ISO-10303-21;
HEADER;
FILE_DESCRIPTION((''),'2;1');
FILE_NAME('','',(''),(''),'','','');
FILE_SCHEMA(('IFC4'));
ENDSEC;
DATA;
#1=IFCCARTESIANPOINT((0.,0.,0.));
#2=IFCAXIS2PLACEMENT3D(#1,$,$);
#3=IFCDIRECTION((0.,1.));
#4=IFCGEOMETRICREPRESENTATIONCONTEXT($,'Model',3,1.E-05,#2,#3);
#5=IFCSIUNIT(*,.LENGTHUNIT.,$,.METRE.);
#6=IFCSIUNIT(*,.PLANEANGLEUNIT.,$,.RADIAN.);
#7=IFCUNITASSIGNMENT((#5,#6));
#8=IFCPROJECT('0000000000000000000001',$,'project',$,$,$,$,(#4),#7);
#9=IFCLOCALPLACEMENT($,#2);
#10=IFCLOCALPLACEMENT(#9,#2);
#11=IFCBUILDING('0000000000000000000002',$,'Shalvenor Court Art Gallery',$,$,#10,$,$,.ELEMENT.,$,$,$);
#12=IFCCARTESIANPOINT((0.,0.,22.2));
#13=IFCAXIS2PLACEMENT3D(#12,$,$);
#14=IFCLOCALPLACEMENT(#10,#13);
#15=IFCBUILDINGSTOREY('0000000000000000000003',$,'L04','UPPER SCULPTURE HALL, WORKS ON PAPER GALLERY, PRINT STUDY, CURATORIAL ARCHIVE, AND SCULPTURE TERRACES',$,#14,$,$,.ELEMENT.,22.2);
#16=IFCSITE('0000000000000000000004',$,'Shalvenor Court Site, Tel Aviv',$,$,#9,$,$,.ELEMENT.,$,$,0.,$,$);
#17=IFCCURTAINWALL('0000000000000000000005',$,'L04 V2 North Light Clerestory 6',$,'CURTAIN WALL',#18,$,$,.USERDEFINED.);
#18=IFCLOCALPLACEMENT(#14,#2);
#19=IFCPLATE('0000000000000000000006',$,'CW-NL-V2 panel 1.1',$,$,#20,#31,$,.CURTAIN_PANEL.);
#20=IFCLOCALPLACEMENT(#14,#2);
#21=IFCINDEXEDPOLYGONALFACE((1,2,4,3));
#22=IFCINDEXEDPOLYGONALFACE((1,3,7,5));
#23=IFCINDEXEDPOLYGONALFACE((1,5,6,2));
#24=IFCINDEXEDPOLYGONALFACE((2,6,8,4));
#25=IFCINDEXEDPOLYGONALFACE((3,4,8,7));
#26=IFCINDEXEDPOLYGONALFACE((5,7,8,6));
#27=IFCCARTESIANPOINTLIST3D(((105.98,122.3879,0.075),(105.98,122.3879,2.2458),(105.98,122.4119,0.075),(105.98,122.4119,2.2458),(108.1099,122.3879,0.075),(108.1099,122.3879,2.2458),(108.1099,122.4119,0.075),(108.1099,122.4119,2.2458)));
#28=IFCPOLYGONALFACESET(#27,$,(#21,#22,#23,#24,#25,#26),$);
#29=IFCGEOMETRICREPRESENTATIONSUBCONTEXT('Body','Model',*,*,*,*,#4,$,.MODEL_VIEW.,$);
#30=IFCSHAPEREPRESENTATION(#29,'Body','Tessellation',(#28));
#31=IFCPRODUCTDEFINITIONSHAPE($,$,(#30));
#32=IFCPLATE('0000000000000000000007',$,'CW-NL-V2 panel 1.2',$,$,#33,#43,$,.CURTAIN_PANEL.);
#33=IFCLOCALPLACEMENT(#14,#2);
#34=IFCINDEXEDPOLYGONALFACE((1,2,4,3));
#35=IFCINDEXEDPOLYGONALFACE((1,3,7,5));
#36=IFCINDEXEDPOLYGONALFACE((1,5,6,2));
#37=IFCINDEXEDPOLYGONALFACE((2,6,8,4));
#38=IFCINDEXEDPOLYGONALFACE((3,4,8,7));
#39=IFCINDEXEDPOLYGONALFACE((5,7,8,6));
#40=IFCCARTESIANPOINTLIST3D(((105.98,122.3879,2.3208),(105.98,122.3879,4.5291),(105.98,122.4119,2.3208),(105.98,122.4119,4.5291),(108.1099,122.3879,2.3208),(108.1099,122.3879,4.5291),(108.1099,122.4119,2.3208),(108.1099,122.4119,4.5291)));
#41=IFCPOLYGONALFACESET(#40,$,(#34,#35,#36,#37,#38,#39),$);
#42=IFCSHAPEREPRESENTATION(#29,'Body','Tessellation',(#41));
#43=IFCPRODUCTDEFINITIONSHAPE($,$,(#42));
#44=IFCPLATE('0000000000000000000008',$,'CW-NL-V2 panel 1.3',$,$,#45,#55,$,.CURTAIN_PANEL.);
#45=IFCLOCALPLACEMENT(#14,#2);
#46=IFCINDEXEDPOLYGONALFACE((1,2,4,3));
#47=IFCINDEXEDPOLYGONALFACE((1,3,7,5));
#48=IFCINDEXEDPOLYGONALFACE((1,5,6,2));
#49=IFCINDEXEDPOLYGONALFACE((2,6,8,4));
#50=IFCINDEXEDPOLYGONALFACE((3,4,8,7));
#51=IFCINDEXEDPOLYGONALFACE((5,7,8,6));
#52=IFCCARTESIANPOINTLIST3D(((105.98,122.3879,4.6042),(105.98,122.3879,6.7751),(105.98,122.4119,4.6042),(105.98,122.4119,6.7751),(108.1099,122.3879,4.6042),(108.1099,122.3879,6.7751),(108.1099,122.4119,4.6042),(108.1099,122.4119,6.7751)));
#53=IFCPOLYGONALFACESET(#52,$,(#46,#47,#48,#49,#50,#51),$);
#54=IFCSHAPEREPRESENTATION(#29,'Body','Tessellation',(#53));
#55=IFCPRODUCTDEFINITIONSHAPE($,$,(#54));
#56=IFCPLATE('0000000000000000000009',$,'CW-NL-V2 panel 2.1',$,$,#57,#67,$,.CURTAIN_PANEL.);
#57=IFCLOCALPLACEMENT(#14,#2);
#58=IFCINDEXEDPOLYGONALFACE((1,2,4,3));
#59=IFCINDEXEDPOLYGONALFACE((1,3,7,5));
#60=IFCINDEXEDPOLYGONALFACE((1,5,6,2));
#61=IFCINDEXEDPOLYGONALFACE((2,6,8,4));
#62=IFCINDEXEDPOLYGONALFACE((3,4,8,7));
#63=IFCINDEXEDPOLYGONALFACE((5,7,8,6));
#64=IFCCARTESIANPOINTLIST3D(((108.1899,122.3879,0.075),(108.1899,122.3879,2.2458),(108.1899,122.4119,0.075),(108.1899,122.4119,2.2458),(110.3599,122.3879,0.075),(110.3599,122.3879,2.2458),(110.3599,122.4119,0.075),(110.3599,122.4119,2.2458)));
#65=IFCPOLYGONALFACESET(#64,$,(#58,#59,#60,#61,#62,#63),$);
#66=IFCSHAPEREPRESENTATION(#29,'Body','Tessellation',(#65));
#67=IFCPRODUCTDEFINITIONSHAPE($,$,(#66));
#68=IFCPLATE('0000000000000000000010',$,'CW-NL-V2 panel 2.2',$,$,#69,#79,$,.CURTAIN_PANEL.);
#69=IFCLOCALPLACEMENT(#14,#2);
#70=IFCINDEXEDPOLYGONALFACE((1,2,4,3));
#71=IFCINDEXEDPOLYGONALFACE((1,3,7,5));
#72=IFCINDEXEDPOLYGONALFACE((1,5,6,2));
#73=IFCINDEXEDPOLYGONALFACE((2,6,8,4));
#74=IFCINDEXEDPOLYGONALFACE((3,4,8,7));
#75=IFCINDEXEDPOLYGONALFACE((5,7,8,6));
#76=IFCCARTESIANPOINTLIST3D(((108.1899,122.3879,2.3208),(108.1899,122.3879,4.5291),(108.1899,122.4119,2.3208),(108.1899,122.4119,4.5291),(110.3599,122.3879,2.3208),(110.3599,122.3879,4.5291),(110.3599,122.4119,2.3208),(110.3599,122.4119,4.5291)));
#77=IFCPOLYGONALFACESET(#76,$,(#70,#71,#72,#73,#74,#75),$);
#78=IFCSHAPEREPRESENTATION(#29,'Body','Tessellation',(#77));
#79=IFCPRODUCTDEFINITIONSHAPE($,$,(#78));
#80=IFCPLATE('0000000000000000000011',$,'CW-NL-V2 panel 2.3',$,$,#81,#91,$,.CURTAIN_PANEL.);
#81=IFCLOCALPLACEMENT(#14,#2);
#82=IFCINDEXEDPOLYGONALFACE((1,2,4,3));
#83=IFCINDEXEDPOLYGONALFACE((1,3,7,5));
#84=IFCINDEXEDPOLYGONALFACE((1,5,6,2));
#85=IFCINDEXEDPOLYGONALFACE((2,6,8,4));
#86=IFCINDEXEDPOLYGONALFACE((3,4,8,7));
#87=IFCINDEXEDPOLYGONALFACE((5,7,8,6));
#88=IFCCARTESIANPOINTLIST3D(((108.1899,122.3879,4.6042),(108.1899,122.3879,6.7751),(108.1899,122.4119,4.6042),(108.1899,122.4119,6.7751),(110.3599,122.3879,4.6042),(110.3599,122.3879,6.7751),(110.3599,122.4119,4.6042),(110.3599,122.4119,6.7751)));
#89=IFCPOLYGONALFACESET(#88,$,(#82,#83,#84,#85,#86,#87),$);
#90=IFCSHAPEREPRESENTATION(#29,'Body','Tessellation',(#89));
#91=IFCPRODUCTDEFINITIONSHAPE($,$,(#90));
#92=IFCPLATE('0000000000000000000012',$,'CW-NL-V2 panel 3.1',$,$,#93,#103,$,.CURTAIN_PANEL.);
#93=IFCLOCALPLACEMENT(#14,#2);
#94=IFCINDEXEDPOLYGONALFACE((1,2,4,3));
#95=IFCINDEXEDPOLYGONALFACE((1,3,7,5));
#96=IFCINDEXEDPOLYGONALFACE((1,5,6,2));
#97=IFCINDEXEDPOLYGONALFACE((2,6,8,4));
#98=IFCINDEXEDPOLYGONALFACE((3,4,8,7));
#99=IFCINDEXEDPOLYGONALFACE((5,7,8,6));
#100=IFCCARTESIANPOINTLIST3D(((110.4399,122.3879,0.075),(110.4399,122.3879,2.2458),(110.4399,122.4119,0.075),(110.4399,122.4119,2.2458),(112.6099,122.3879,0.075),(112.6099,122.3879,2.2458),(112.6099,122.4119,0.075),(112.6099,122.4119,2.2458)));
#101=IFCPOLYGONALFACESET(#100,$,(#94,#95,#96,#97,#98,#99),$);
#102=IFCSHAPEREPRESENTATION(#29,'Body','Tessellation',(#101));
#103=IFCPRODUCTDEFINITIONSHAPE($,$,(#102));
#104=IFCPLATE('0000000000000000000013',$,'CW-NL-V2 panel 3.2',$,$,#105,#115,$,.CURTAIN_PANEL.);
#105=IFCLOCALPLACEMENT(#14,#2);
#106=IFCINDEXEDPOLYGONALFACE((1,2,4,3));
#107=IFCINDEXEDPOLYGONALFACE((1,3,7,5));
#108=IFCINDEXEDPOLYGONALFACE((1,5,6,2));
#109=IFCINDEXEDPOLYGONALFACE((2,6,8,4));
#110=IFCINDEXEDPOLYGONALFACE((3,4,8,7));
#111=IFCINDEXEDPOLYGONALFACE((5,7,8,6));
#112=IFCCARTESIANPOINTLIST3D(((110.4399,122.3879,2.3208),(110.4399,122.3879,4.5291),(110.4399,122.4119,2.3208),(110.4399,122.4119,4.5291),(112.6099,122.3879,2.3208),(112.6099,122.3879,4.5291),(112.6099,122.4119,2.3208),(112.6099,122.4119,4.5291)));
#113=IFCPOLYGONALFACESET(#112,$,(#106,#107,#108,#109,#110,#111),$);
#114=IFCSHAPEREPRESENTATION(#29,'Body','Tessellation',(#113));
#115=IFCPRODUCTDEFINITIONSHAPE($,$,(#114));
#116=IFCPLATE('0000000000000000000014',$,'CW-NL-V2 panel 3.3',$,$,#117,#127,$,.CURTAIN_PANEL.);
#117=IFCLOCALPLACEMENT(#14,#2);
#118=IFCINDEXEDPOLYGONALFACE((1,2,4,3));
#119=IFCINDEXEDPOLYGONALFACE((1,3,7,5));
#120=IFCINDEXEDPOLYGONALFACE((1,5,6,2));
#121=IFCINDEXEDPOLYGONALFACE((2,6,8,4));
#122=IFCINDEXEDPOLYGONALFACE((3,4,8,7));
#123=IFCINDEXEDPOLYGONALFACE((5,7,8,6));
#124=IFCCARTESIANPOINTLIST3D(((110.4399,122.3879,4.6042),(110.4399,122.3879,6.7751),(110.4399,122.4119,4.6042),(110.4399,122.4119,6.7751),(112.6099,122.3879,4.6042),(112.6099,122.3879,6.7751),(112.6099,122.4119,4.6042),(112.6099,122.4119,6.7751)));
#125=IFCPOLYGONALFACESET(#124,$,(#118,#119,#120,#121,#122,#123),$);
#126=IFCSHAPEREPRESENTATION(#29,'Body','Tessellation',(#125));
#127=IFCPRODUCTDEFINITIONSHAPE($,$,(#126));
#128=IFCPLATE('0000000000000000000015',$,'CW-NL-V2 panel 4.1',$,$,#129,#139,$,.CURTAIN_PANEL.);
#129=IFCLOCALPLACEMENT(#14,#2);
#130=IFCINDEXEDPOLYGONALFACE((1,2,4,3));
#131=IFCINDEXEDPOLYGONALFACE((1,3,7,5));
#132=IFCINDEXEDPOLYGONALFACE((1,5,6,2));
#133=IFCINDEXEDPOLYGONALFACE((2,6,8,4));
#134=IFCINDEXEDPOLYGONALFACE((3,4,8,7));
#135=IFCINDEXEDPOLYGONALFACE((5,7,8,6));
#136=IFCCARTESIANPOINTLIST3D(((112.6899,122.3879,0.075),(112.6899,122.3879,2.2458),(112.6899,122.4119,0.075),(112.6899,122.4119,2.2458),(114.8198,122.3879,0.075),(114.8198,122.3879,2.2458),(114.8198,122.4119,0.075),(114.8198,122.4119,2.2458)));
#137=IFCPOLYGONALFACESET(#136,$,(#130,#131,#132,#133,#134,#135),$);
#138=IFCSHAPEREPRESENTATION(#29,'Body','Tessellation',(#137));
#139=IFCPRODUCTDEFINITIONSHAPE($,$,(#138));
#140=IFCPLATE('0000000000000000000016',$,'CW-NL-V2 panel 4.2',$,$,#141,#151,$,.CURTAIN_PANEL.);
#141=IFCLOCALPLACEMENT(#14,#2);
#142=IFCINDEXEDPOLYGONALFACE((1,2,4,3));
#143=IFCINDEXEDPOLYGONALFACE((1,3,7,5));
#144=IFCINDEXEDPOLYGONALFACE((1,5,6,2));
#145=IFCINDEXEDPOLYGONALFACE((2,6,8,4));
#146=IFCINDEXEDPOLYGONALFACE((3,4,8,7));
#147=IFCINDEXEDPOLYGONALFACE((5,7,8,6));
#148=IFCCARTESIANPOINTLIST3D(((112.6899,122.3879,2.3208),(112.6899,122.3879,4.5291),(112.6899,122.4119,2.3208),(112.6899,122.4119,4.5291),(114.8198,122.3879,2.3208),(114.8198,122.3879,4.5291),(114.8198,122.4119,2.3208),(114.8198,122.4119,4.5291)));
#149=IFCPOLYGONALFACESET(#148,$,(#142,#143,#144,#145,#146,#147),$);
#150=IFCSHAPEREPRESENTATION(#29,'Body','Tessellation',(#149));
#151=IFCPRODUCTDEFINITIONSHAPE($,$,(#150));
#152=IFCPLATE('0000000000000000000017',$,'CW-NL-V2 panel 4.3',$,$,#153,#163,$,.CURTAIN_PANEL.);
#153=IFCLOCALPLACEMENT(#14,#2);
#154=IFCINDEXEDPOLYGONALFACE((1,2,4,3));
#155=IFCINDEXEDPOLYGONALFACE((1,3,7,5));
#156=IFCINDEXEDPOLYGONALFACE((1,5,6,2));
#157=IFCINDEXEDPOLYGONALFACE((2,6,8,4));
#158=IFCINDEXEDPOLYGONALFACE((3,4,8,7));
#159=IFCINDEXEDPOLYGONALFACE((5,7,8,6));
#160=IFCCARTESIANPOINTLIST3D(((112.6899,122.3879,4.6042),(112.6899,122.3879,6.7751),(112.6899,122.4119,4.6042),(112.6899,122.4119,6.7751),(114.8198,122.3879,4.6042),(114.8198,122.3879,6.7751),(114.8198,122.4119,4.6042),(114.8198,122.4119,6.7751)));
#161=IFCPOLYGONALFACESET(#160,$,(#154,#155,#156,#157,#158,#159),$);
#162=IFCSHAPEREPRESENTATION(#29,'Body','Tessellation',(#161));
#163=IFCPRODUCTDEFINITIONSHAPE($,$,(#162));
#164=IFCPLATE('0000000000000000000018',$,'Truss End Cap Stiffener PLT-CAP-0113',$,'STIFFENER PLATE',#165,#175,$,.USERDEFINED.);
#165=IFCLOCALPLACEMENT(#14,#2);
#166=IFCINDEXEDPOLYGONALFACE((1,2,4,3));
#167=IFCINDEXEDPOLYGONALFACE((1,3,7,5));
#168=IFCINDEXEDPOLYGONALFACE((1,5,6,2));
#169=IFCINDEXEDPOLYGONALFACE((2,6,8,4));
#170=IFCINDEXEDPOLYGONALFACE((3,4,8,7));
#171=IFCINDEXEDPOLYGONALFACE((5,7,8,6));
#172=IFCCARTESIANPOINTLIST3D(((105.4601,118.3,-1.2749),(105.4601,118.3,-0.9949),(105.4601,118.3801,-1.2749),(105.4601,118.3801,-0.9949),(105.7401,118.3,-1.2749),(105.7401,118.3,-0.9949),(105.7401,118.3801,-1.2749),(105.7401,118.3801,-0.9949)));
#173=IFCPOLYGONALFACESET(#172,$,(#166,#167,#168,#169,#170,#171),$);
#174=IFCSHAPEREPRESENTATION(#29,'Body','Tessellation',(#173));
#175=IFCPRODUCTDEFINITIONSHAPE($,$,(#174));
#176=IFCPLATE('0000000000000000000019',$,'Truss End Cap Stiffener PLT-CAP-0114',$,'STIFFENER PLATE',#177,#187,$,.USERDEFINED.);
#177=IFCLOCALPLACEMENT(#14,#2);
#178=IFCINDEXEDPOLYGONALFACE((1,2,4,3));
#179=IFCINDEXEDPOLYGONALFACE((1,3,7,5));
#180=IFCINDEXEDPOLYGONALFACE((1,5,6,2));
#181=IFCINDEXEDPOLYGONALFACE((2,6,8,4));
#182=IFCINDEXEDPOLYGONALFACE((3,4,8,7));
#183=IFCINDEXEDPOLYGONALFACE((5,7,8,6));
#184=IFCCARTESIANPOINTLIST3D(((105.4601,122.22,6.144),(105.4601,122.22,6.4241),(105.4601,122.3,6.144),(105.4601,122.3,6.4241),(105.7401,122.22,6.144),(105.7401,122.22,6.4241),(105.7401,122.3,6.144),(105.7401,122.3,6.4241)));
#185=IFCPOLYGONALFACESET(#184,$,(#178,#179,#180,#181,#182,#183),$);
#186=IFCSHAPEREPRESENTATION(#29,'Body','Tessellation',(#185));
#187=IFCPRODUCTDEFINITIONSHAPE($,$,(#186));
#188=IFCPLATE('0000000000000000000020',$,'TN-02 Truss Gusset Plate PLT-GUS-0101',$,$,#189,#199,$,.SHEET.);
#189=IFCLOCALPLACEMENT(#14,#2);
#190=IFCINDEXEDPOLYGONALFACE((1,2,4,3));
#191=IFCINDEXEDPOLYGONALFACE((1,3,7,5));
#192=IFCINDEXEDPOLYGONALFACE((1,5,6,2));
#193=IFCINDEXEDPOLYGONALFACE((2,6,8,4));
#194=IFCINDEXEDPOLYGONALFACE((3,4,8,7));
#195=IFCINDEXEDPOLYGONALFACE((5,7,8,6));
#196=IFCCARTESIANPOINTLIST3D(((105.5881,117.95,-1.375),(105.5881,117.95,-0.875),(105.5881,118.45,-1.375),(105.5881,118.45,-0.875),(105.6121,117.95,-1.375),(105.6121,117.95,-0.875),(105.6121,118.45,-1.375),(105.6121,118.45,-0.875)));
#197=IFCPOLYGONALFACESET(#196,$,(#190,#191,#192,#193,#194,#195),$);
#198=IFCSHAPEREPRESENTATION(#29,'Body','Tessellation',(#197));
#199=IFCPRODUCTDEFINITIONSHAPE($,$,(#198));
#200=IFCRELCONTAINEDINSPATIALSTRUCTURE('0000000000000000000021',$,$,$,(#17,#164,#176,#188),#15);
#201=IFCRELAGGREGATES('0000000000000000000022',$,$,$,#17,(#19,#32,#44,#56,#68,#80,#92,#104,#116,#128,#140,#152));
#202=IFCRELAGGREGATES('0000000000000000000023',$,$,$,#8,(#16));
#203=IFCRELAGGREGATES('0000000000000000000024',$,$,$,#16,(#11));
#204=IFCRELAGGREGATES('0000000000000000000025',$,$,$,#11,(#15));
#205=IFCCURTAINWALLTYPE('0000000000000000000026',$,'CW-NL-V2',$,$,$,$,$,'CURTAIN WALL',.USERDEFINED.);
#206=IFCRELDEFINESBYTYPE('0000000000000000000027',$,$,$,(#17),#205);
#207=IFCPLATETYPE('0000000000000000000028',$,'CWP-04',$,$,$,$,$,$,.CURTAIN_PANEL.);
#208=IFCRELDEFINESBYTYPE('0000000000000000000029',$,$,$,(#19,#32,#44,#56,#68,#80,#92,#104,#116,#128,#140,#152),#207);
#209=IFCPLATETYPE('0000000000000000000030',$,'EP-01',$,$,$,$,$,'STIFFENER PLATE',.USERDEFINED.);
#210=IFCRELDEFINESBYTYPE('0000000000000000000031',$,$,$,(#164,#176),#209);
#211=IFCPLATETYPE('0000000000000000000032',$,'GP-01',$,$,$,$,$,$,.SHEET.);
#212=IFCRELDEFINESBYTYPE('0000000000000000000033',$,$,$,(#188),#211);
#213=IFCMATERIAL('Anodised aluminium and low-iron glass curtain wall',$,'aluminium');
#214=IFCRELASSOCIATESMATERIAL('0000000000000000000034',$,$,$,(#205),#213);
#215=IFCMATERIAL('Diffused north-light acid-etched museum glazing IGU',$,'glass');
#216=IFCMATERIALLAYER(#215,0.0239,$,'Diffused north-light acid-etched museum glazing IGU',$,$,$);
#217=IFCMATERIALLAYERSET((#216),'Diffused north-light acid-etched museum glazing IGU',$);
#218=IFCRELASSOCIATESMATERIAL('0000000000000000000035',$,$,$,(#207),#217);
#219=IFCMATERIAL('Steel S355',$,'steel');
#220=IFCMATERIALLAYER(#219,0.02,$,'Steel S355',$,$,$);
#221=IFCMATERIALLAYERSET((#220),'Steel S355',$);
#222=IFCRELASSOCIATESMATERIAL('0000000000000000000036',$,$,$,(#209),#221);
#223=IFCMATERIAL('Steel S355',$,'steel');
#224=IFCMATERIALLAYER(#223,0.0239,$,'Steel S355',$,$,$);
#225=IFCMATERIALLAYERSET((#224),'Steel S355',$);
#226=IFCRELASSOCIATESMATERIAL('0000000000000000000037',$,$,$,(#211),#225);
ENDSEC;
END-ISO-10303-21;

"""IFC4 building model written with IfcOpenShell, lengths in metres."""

from ifc_helpers import new_model, si_unit, direction, frame, origin, origin_2d, place, context, subcontext, project, spatial, rectangle, extrude, material, layer, layer_set, type_object, element, aggregate, save


model = new_model("IFC4")

# Units and contexts
model_context = context("Model", 3, precision=1e-05, world=origin(), true_north=direction((0.0, 1.0)))
body_context = subcontext(model_context, "Body", "Model", "MODEL_VIEW")
ifc_project = project(units=[si_unit("LENGTHUNIT", "METRE"), si_unit("PLANEANGLEUNIT", "RADIAN")], contexts=[model_context])

# Site, building, storey
site_placement = place(None, origin())
site = spatial("IfcSite", under=ifc_project, at=site_placement, Name="Shalvenor Court Site, Tel Aviv", CompositionType="ELEMENT", RefElevation=0.0)
building_placement = place(site_placement, origin())
building = spatial("IfcBuilding", under=site, at=building_placement, Name="Shalvenor Court Art Gallery", CompositionType="ELEMENT")
storey_placement = place(building_placement, frame((0.0, 0.0, 22.2)))
storey = spatial("IfcBuildingStorey", under=building, at=storey_placement, Name="L04", Description="UPPER SCULPTURE HALL, WORKS ON PAPER GALLERY, PRINT STUDY, CURATORIAL ARCHIVE, AND SCULPTURE TERRACES", CompositionType="ELEMENT", Elevation=22.2)

# Curtain wall
ifc_material_1 = material(Name="Anodised aluminium and low-iron glass curtain wall", Category="aluminium")
curtain_wall_type = type_object("IfcCurtainWallType", Name="CW-NL-V2", ElementType="CURTAIN WALL", PredefinedType="USERDEFINED", material=ifc_material_1)
curtain_wall_placement = place(storey_placement, origin())
curtain_wall = element("IfcCurtainWall", 1, at=curtain_wall_placement, inside=storey, type_object=curtain_wall_type, Name="L04 V2 North Light Clerestory 6", ObjectType="CURTAIN WALL", PredefinedType="USERDEFINED")

# Plates
ifc_material_2 = material(Name="Diffused north-light acid-etched museum glazing IGU", Category="glass")
ifc_layer_1 = layer(ifc_material_2, 0.0239, Name="Diffused north-light acid-etched museum glazing IGU")
ifc_layer_set_1 = layer_set([ifc_layer_1], Name="Diffused north-light acid-etched museum glazing IGU")
plate_type_1 = type_object("IfcPlateType", Name="CWP-04", PredefinedType="CURTAIN_PANEL", material=ifc_layer_set_1)
plate_1_placement = place(storey_placement, frame((107.0449, 122.3999, 0.075), z_axis=(0.0, 0.0, 1.0), x_axis=(1.0, 0.0, 0.0)))
plate_1 = element("IfcPlate", 2, at=plate_1_placement, type_object=plate_type_1, Name="CW-NL-V2 panel 1.1", PredefinedType="CURTAIN_PANEL", context=body_context, shape_type="SweptSolid", body=[
    extrude(rectangle(XDim=2.1299, YDim=0.0239, at=origin_2d()), origin(), (0.0, 0.0, 1.0), 2.1709),
])
plate_2_placement = place(storey_placement, frame((107.0449, 122.3999, 2.3208), z_axis=(0.0, 0.0, 1.0), x_axis=(1.0, 0.0, 0.0)))
plate_2 = element("IfcPlate", 3, at=plate_2_placement, type_object=plate_type_1, Name="CW-NL-V2 panel 1.2", PredefinedType="CURTAIN_PANEL", context=body_context, shape_type="SweptSolid", body=[
    extrude(rectangle(XDim=2.1299, YDim=0.0239, at=origin_2d()), origin(), (0.0, 0.0, 1.0), 2.2083),
])
plate_3_placement = place(storey_placement, frame((107.0449, 122.3999, 4.6042), z_axis=(0.0, 0.0, 1.0), x_axis=(1.0, 0.0, 0.0)))
plate_3 = element("IfcPlate", 4, at=plate_3_placement, type_object=plate_type_1, Name="CW-NL-V2 panel 1.3", PredefinedType="CURTAIN_PANEL", context=body_context, shape_type="SweptSolid", body=[
    extrude(rectangle(XDim=2.1299, YDim=0.0239, at=origin_2d()), origin(), (0.0, 0.0, 1.0), 2.1709),
])
plate_4_placement = place(storey_placement, frame((109.2749, 122.3999, 0.075), z_axis=(0.0, 0.0, 1.0), x_axis=(1.0, 0.0, 0.0)))
plate_4 = element("IfcPlate", 5, at=plate_4_placement, type_object=plate_type_1, Name="CW-NL-V2 panel 2.1", PredefinedType="CURTAIN_PANEL", context=body_context, shape_type="SweptSolid", body=[
    extrude(rectangle(XDim=2.1699, YDim=0.0239, at=origin_2d()), origin(), (0.0, 0.0, 1.0), 2.1709),
])
plate_5_placement = place(storey_placement, frame((109.2749, 122.3999, 2.3208), z_axis=(0.0, 0.0, 1.0), x_axis=(1.0, 0.0, 0.0)))
plate_5 = element("IfcPlate", 6, at=plate_5_placement, type_object=plate_type_1, Name="CW-NL-V2 panel 2.2", PredefinedType="CURTAIN_PANEL", context=body_context, shape_type="SweptSolid", body=[
    extrude(rectangle(XDim=2.1699, YDim=0.0239, at=origin_2d()), origin(), (0.0, 0.0, 1.0), 2.2083),
])
plate_6_placement = place(storey_placement, frame((109.2749, 122.3999, 4.6042), z_axis=(0.0, 0.0, 1.0), x_axis=(1.0, 0.0, 0.0)))
plate_6 = element("IfcPlate", 7, at=plate_6_placement, type_object=plate_type_1, Name="CW-NL-V2 panel 2.3", PredefinedType="CURTAIN_PANEL", context=body_context, shape_type="SweptSolid", body=[
    extrude(rectangle(XDim=2.1699, YDim=0.0239, at=origin_2d()), origin(), (0.0, 0.0, 1.0), 2.1709),
])
plate_7_placement = place(storey_placement, frame((111.5249, 122.3999, 0.075), z_axis=(0.0, 0.0, 1.0), x_axis=(1.0, 0.0, 0.0)))
plate_7 = element("IfcPlate", 8, at=plate_7_placement, type_object=plate_type_1, Name="CW-NL-V2 panel 3.1", PredefinedType="CURTAIN_PANEL", context=body_context, shape_type="SweptSolid", body=[
    extrude(rectangle(XDim=2.1699, YDim=0.0239, at=origin_2d()), origin(), (0.0, 0.0, 1.0), 2.1709),
])
plate_8_placement = place(storey_placement, frame((111.5249, 122.3999, 2.3208), z_axis=(0.0, 0.0, 1.0), x_axis=(1.0, 0.0, 0.0)))
plate_8 = element("IfcPlate", 9, at=plate_8_placement, type_object=plate_type_1, Name="CW-NL-V2 panel 3.2", PredefinedType="CURTAIN_PANEL", context=body_context, shape_type="SweptSolid", body=[
    extrude(rectangle(XDim=2.1699, YDim=0.0239, at=origin_2d()), origin(), (0.0, 0.0, 1.0), 2.2083),
])
plate_9_placement = place(storey_placement, frame((111.5249, 122.3999, 4.6042), z_axis=(0.0, 0.0, 1.0), x_axis=(1.0, 0.0, 0.0)))
plate_9 = element("IfcPlate", 10, at=plate_9_placement, type_object=plate_type_1, Name="CW-NL-V2 panel 3.3", PredefinedType="CURTAIN_PANEL", context=body_context, shape_type="SweptSolid", body=[
    extrude(rectangle(XDim=2.1699, YDim=0.0239, at=origin_2d()), origin(), (0.0, 0.0, 1.0), 2.1709),
])
plate_10_placement = place(storey_placement, frame((113.7549, 122.3999, 0.075), z_axis=(0.0, 0.0, 1.0), x_axis=(1.0, 0.0, 0.0)))
plate_10 = element("IfcPlate", 11, at=plate_10_placement, type_object=plate_type_1, Name="CW-NL-V2 panel 4.1", PredefinedType="CURTAIN_PANEL", context=body_context, shape_type="SweptSolid", body=[
    extrude(rectangle(XDim=2.1299, YDim=0.0239, at=origin_2d()), origin(), (0.0, 0.0, 1.0), 2.1709),
])
plate_11_placement = place(storey_placement, frame((113.7549, 122.3999, 2.3208), z_axis=(0.0, 0.0, 1.0), x_axis=(1.0, 0.0, 0.0)))
plate_11 = element("IfcPlate", 12, at=plate_11_placement, type_object=plate_type_1, Name="CW-NL-V2 panel 4.2", PredefinedType="CURTAIN_PANEL", context=body_context, shape_type="SweptSolid", body=[
    extrude(rectangle(XDim=2.1299, YDim=0.0239, at=origin_2d()), origin(), (0.0, 0.0, 1.0), 2.2083),
])
plate_12_placement = place(storey_placement, frame((113.7549, 122.3999, 4.6042), z_axis=(0.0, 0.0, 1.0), x_axis=(1.0, 0.0, 0.0)))
plate_12 = element("IfcPlate", 13, at=plate_12_placement, type_object=plate_type_1, Name="CW-NL-V2 panel 4.3", PredefinedType="CURTAIN_PANEL", context=body_context, shape_type="SweptSolid", body=[
    extrude(rectangle(XDim=2.1299, YDim=0.0239, at=origin_2d()), origin(), (0.0, 0.0, 1.0), 2.1709),
])
aggregate(curtain_wall, [plate_1, plate_2, plate_3, plate_4, plate_5, plate_6, plate_7, plate_8, plate_9, plate_10, plate_11, plate_12])

# Plates
ifc_material_3 = material(Name="Steel S355", Category="steel")
ifc_layer_2 = layer(ifc_material_3, 0.02, Name="Steel S355")
ifc_layer_set_2 = layer_set([ifc_layer_2], Name="Steel S355")
plate_type_2 = type_object("IfcPlateType", Name="EP-01", ElementType="STIFFENER PLATE", PredefinedType="USERDEFINED", material=ifc_layer_set_2)
for number, where, z_axis, x_axis, name in (
    (14, (105.6001, 118.3401, -1.2749), (0.0, 0.0, 1.0), (1.0, 0.0, 0.0), "Truss End Cap Stiffener PLT-CAP-0113"),
    (15, (105.6001, 122.26, 6.144), (0.0, 0.0, 1.0), (1.0, 0.0, 0.0), "Truss End Cap Stiffener PLT-CAP-0114"),
):
    element("IfcPlate", number, at=place(storey_placement, frame(where, z_axis=z_axis, x_axis=x_axis)), inside=storey, type_object=plate_type_2, Name=name, ObjectType="STIFFENER PLATE", PredefinedType="USERDEFINED", context=body_context, shape_type="SweptSolid", body=[
        extrude(rectangle(XDim=0.28, YDim=0.0801, at=origin_2d()), origin(), (0.0, 0.0, 1.0), 0.28),
    ])
ifc_material_4 = material(Name="Steel S355", Category="steel")
ifc_layer_3 = layer(ifc_material_4, 0.0239, Name="Steel S355")
ifc_layer_set_3 = layer_set([ifc_layer_3], Name="Steel S355")
plate_type_3 = type_object("IfcPlateType", Name="GP-01", PredefinedType="SHEET", material=ifc_layer_set_3)
plate_13_placement = place(storey_placement, frame((105.6001, 118.2, -1.375), z_axis=(0.0, 0.0, 1.0), x_axis=(0.0, 1.0, 0.0)))
element("IfcPlate", 16, at=plate_13_placement, inside=storey, type_object=plate_type_3, Name="TN-02 Truss Gusset Plate PLT-GUS-0101", PredefinedType="SHEET", context=body_context, shape_type="SweptSolid", body=[
    extrude(rectangle(XDim=0.5, YDim=0.0239, at=origin_2d()), origin(), (0.0, 0.0, 1.0), 0.5),
])

save(model, "model.ifc")
